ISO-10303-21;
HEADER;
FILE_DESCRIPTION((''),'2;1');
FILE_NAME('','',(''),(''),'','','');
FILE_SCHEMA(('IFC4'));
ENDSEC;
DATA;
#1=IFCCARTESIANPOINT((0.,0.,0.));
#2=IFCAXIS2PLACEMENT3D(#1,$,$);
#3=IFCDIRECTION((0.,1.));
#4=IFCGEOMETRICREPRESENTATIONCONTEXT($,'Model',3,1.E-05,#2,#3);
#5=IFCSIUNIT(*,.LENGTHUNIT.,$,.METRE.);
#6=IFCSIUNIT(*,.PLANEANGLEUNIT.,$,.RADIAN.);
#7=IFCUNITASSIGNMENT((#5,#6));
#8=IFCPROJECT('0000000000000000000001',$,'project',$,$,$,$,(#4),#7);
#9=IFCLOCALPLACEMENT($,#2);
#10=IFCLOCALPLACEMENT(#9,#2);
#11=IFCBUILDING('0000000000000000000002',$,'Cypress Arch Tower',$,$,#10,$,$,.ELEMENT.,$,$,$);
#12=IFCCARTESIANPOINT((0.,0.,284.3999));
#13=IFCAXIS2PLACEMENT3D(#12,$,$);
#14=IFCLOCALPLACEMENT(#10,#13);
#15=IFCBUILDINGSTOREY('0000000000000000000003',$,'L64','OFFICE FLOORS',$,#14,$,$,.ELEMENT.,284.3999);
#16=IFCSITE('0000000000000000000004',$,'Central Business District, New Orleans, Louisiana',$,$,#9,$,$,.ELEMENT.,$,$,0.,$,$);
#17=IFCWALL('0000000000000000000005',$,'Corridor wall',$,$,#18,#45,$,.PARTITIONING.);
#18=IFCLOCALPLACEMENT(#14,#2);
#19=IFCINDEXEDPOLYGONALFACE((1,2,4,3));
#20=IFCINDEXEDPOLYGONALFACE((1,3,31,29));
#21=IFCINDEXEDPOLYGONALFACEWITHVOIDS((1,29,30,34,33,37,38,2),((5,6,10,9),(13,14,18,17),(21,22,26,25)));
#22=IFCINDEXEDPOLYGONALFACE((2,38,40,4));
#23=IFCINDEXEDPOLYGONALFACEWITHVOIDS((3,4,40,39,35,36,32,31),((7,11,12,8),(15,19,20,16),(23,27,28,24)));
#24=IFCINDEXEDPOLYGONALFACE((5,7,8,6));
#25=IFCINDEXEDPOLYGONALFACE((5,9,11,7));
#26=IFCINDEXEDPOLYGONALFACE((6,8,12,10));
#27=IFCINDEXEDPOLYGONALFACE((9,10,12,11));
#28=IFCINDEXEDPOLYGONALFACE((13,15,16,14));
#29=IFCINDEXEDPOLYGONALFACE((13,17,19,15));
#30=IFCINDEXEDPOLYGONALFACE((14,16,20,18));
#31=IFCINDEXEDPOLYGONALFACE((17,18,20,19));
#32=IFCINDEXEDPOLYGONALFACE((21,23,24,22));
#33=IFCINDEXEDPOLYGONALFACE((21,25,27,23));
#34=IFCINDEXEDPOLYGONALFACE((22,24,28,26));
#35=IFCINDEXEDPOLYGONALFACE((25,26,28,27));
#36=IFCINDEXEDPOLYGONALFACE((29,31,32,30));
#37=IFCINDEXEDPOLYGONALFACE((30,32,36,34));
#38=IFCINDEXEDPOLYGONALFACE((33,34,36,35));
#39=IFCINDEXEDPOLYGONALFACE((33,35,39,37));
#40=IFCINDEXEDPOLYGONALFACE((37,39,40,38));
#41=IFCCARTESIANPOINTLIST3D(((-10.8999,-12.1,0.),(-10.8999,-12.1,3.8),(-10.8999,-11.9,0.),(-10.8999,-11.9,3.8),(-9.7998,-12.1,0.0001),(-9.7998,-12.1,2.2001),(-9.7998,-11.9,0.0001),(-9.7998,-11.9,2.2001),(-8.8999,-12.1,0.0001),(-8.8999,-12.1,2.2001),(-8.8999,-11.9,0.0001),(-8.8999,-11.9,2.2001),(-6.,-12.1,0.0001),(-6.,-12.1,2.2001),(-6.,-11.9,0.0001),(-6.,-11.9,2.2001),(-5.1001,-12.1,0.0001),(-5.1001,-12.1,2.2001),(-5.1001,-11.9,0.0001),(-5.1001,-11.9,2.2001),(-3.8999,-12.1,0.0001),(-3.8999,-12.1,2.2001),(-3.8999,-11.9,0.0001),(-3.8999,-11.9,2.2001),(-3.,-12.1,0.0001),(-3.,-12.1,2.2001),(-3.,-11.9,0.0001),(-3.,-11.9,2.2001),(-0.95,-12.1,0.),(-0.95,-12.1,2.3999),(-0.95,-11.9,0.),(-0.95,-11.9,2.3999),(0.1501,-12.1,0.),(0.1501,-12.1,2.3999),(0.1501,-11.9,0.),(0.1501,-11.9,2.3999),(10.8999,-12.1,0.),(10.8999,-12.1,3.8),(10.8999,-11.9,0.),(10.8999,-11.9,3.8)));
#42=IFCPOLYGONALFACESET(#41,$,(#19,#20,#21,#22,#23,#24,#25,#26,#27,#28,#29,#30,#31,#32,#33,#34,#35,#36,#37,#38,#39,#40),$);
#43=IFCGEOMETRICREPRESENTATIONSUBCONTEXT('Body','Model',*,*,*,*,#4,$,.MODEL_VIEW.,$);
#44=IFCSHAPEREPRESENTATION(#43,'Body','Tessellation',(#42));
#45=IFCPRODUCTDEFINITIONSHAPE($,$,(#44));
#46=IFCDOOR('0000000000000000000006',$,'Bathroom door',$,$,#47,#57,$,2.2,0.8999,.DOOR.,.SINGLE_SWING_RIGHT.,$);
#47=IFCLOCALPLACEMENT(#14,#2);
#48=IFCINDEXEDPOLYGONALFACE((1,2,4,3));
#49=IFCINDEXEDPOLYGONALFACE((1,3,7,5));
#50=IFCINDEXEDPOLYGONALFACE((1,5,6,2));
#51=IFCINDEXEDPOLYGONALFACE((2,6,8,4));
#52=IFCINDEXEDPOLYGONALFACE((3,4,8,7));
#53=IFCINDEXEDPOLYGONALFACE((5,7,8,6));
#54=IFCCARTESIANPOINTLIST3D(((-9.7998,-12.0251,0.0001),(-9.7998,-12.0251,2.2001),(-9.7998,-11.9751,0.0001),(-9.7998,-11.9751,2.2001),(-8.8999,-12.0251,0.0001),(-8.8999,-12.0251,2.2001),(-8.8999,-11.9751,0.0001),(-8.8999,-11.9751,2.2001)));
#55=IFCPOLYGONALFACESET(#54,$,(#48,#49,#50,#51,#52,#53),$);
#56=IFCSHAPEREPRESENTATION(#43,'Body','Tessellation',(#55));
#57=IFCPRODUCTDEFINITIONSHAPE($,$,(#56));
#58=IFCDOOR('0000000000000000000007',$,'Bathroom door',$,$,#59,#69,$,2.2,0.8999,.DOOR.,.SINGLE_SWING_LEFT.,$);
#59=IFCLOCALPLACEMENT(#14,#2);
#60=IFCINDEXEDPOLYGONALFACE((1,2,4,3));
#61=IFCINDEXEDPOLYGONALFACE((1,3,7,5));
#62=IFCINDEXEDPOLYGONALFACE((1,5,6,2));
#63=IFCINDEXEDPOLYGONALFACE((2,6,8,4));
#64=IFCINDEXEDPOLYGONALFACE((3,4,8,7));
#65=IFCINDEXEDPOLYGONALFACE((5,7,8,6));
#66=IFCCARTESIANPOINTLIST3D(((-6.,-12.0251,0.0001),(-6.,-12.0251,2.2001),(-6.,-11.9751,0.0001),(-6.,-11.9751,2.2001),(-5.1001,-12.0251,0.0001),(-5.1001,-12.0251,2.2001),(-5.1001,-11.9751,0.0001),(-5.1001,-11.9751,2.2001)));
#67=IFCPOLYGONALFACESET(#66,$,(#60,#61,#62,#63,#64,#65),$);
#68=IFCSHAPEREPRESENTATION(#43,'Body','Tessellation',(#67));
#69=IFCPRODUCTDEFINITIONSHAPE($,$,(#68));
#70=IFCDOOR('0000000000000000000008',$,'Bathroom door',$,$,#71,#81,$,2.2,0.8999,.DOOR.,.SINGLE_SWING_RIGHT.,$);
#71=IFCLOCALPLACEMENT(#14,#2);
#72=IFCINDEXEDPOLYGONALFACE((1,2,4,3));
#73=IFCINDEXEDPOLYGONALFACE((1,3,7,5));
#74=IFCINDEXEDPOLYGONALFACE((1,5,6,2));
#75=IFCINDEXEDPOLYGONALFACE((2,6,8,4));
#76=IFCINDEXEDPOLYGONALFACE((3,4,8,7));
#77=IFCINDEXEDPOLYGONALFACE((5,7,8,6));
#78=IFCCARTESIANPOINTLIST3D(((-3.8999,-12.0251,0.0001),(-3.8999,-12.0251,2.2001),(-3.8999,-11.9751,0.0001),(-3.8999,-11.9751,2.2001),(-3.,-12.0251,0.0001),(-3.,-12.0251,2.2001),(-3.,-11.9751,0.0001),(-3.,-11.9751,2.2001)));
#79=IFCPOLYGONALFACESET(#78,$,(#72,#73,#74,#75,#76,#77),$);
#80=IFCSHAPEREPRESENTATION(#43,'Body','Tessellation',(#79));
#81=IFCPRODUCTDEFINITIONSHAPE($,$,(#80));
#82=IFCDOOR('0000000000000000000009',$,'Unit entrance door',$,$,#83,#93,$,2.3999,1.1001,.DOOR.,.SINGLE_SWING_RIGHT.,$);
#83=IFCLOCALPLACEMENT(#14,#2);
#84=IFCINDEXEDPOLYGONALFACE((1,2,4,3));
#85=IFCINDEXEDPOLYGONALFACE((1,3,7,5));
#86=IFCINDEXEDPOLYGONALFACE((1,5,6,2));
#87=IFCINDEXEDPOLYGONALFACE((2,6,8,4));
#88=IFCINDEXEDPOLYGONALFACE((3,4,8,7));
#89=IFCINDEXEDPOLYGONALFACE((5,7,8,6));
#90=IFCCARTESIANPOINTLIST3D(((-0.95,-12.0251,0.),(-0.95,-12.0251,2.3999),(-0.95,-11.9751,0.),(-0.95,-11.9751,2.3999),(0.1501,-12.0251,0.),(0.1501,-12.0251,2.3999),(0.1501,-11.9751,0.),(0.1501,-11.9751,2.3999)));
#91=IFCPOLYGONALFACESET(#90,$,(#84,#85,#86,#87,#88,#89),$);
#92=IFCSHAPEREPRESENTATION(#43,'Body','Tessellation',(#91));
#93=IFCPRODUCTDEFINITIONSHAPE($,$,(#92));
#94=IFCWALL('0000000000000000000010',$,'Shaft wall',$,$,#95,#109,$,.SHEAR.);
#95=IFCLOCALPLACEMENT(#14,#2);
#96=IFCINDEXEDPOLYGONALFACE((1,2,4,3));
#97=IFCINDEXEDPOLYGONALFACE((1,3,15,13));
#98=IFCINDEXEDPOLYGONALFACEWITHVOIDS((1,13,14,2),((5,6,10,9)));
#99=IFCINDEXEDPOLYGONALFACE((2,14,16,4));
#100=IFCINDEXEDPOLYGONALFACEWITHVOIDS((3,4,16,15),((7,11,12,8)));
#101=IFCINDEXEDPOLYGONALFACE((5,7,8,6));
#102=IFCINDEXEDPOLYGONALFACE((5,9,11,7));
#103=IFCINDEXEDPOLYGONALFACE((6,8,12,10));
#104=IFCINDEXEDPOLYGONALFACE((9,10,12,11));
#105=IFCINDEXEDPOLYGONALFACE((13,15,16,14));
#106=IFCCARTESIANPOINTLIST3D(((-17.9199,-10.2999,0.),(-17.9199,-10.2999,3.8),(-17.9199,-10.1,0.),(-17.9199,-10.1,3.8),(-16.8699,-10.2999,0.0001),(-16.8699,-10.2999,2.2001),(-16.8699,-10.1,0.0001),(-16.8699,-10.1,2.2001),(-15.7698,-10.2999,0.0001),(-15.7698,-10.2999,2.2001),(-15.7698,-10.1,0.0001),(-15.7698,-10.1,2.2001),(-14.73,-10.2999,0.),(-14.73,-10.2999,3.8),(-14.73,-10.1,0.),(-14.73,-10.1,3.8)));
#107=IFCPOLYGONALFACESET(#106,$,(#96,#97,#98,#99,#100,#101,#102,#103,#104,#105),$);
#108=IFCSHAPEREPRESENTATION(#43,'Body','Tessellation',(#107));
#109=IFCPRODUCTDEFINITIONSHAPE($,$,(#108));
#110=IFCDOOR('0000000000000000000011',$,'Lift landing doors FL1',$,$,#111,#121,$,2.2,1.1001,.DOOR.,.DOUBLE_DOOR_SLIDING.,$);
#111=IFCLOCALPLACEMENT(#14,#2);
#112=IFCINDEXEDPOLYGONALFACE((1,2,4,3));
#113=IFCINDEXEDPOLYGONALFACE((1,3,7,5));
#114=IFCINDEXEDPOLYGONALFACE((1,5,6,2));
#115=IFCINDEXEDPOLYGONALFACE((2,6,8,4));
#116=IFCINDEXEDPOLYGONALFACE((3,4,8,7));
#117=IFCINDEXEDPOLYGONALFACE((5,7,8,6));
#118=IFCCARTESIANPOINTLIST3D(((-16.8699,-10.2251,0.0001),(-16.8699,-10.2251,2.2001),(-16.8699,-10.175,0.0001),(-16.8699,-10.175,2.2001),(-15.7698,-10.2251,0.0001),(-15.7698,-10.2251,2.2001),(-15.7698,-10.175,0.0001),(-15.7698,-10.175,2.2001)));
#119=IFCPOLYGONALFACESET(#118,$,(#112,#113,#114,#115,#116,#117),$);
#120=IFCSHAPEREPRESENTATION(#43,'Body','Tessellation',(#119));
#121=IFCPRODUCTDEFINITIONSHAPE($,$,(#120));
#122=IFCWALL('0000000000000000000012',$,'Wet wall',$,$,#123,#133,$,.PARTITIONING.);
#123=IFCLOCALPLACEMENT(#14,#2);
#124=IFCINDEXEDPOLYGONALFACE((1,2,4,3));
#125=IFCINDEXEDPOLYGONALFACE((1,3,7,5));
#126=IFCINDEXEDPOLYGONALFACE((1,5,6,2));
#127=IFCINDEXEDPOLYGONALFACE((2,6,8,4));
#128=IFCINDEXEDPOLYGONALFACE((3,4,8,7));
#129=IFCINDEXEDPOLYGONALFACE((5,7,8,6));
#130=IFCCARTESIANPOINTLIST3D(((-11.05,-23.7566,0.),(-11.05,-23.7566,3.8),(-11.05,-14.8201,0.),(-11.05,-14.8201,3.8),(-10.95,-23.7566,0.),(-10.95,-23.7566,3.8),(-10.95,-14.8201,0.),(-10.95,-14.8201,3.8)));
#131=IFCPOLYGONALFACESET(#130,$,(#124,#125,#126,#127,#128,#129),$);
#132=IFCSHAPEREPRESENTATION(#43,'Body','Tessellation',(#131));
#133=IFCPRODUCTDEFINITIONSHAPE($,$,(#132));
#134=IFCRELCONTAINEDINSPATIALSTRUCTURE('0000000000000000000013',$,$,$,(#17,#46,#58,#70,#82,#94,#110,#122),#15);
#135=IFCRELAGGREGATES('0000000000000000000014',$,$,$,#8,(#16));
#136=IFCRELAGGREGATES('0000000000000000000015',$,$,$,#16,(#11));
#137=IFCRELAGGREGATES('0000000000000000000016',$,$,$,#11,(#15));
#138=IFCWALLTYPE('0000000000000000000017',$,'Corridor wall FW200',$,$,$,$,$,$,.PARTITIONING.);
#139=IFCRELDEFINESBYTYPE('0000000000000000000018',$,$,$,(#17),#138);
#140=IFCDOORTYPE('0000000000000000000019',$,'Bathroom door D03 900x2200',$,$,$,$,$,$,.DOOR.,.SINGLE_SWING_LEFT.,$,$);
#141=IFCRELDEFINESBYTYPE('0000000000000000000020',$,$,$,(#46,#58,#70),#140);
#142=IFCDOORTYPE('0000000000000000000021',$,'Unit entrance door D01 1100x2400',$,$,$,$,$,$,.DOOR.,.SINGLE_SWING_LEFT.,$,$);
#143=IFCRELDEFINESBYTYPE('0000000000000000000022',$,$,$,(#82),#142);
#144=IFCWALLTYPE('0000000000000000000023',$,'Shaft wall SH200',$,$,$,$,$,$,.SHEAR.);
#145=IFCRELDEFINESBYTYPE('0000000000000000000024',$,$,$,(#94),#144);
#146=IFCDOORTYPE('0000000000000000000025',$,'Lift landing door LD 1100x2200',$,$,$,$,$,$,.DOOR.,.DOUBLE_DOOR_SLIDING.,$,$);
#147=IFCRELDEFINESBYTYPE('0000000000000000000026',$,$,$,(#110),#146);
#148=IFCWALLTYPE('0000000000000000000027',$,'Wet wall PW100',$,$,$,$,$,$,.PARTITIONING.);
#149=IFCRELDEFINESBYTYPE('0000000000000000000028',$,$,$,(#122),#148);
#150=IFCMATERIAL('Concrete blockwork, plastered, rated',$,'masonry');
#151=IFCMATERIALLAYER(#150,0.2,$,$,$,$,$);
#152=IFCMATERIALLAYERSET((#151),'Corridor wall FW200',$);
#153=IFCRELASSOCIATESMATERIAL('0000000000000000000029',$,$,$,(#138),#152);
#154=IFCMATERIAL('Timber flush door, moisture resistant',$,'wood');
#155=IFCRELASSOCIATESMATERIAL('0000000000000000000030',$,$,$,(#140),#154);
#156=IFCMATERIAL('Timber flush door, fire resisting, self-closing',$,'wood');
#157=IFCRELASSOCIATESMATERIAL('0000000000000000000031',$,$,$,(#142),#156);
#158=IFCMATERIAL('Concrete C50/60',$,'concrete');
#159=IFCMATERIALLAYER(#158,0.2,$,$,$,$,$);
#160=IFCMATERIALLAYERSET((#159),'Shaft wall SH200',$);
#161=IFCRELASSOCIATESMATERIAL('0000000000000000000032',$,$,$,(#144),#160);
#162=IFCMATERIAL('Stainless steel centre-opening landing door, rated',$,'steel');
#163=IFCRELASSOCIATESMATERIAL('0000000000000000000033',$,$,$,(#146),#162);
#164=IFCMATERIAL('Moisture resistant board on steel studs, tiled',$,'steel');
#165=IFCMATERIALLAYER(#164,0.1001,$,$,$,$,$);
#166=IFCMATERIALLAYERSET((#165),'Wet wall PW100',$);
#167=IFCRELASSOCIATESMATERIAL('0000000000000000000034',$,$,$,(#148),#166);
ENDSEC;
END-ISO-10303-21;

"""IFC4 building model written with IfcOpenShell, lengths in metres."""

from ifc_helpers import new_model, si_unit, direction, frame, frame_2d, origin, place, context, subcontext, project, spatial, rectangle, extrude, material, layer, layer_set, type_object, element, fill, save


model = new_model("IFC4")

# Units and contexts
model_context = context("Model", 3, precision=1e-05, world=origin(), true_north=direction((0.0, 1.0)))
body_context = subcontext(model_context, "Body", "Model", "MODEL_VIEW")
ifc_project = project(units=[si_unit("LENGTHUNIT", "METRE"), si_unit("PLANEANGLEUNIT", "RADIAN")], contexts=[model_context])

# Site, building, storey
site_placement = place(None, origin())
site = spatial("IfcSite", under=ifc_project, at=site_placement, Name="Central Business District, New Orleans, Louisiana", CompositionType="ELEMENT", RefElevation=0.0)
building_placement = place(site_placement, origin())
building = spatial("IfcBuilding", under=site, at=building_placement, Name="Cypress Arch Tower", CompositionType="ELEMENT")
storey_placement = place(building_placement, frame((0.0, 0.0, 284.3999)))
storey = spatial("IfcBuildingStorey", under=building, at=storey_placement, Name="L64", Description="OFFICE FLOORS", CompositionType="ELEMENT", Elevation=284.3999)

# Shared definitions
ifc_material_1 = material(Name="Concrete blockwork, plastered, rated", Category="masonry")
ifc_layer_1 = layer(ifc_material_1, 0.2)
ifc_layer_set_1 = layer_set([ifc_layer_1], Name="Corridor wall FW200")
wall_type_1 = type_object("IfcWallType", Name="Corridor wall FW200", PredefinedType="PARTITIONING", material=ifc_layer_set_1)

# Wall, openings, doors
wall_1_placement = place(storey_placement, frame((-10.8999, -12.0, 0.0), z_axis=(0.0, 0.0, 1.0), x_axis=(1.0, 0.0, 0.0)))
wall_1 = element("IfcWall", 1, at=wall_1_placement, inside=storey, type_object=wall_type_1, Name="Corridor wall", PredefinedType="PARTITIONING", context=body_context, shape_type="SweptSolid", body=[
    extrude(rectangle(XDim=21.7998, YDim=0.2, at=frame_2d((10.8999, 0.0))), origin(), (0.0, 0.0, 1.0), 3.8),
])
opening_1_placement = place(wall_1_placement, frame((1.1001, 0.0, 0.0)))
opening_1 = element("IfcOpeningElement", 2, at=opening_1_placement, cuts=wall_1, PredefinedType="OPENING", context=body_context, shape_type="SweptSolid", body=[
    extrude(rectangle(XDim=0.8999, YDim=2.2, at=frame_2d((0.45, 1.1001))), frame((0.0, 0.1099, 0.0), z_axis=(0.0, -1.0, 0.0), x_axis=(1.0, 0.0, 0.0)), (0.0, 0.0, 1.0), 0.22),
])
opening_2_placement = place(wall_1_placement, frame((4.8999, 0.0, 0.0)))
opening_2 = element("IfcOpeningElement", 3, at=opening_2_placement, cuts=wall_1, PredefinedType="OPENING", context=body_context, shape_type="SweptSolid", body=[
    extrude(rectangle(XDim=0.8999, YDim=2.2, at=frame_2d((0.45, 1.1001))), frame((0.0, 0.1099, 0.0), z_axis=(0.0, -1.0, 0.0), x_axis=(1.0, 0.0, 0.0)), (0.0, 0.0, 1.0), 0.22),
])
opening_3_placement = place(wall_1_placement, frame((7.0, 0.0, 0.0)))
opening_3 = element("IfcOpeningElement", 4, at=opening_3_placement, cuts=wall_1, PredefinedType="OPENING", context=body_context, shape_type="SweptSolid", body=[
    extrude(rectangle(XDim=0.8999, YDim=2.2, at=frame_2d((0.45, 1.1001))), frame((0.0, 0.1099, 0.0), z_axis=(0.0, -1.0, 0.0), x_axis=(1.0, 0.0, 0.0)), (0.0, 0.0, 1.0), 0.22),
])
opening_4_placement = place(wall_1_placement, frame((9.95, 0.0, 0.0)))
opening_4 = element("IfcOpeningElement", 5, at=opening_4_placement, cuts=wall_1, PredefinedType="OPENING", context=body_context, shape_type="SweptSolid", body=[
    extrude(rectangle(XDim=1.1001, YDim=2.3999, at=frame_2d((0.55, 1.2))), frame((0.0, 0.1099, 0.0), z_axis=(0.0, -1.0, 0.0), x_axis=(1.0, 0.0, 0.0)), (0.0, 0.0, 1.0), 0.22),
])
ifc_material_2 = material(Name="Timber flush door, moisture resistant", Category="wood")
door_type_1 = type_object("IfcDoorType", Name="Bathroom door D03 900x2200", OperationType="SINGLE_SWING_LEFT", PredefinedType="DOOR", material=ifc_material_2)
door_1_placement = place(opening_1_placement, origin())
door_1 = element("IfcDoor", 6, at=door_1_placement, inside=storey, type_object=door_type_1, Name="Bathroom door", OperationType="SINGLE_SWING_RIGHT", OverallHeight=2.2, OverallWidth=0.8999, PredefinedType="DOOR", context=body_context, shape_type="SweptSolid", body=[
    extrude(rectangle(XDim=0.8999, YDim=2.2, at=frame_2d((0.45, 1.1001))), frame((0.0, 0.0249, 0.0), z_axis=(0.0, -1.0, 0.0), x_axis=(1.0, 0.0, 0.0)), (0.0, 0.0, 1.0), 0.05),
])
fill(opening_1, door_1)
door_2_placement = place(opening_2_placement, origin())
door_2 = element("IfcDoor", 7, at=door_2_placement, inside=storey, type_object=door_type_1, Name="Bathroom door", OperationType="SINGLE_SWING_LEFT", OverallHeight=2.2, OverallWidth=0.8999, PredefinedType="DOOR", context=body_context, shape_type="SweptSolid", body=[
    extrude(rectangle(XDim=0.8999, YDim=2.2, at=frame_2d((0.45, 1.1001))), frame((0.0, 0.0249, 0.0), z_axis=(0.0, -1.0, 0.0), x_axis=(1.0, 0.0, 0.0)), (0.0, 0.0, 1.0), 0.05),
])
fill(opening_2, door_2)
door_3_placement = place(opening_3_placement, origin())
door_3 = element("IfcDoor", 8, at=door_3_placement, inside=storey, type_object=door_type_1, Name="Bathroom door", OperationType="SINGLE_SWING_RIGHT", OverallHeight=2.2, OverallWidth=0.8999, PredefinedType="DOOR", context=body_context, shape_type="SweptSolid", body=[
    extrude(rectangle(XDim=0.8999, YDim=2.2, at=frame_2d((0.45, 1.1001))), frame((0.0, 0.0249, 0.0), z_axis=(0.0, -1.0, 0.0), x_axis=(1.0, 0.0, 0.0)), (0.0, 0.0, 1.0), 0.05),
])
fill(opening_3, door_3)
ifc_material_3 = material(Name="Timber flush door, fire resisting, self-closing", Category="wood")
door_type_2 = type_object("IfcDoorType", Name="Unit entrance door D01 1100x2400", OperationType="SINGLE_SWING_LEFT", PredefinedType="DOOR", material=ifc_material_3)
door_4_placement = place(opening_4_placement, origin())
door_4 = element("IfcDoor", 9, at=door_4_placement, inside=storey, type_object=door_type_2, Name="Unit entrance door", OperationType="SINGLE_SWING_RIGHT", OverallHeight=2.3999, OverallWidth=1.1001, PredefinedType="DOOR", context=body_context, shape_type="SweptSolid", body=[
    extrude(rectangle(XDim=1.1001, YDim=2.3999, at=frame_2d((0.55, 1.2))), frame((0.0, 0.0249, 0.0), z_axis=(0.0, -1.0, 0.0), x_axis=(1.0, 0.0, 0.0)), (0.0, 0.0, 1.0), 0.05),
])
fill(opening_4, door_4)

# Wall, opening, door
ifc_material_4 = material(Name="Concrete C50/60", Category="concrete")
ifc_layer_2 = layer(ifc_material_4, 0.2)
ifc_layer_set_2 = layer_set([ifc_layer_2], Name="Shaft wall SH200")
wall_type_2 = type_object("IfcWallType", Name="Shaft wall SH200", PredefinedType="SHEAR", material=ifc_layer_set_2)
wall_2_placement = place(storey_placement, frame((-17.9199, -10.2, 0.0), z_axis=(0.0, 0.0, 1.0), x_axis=(1.0, 0.0, 0.0)))
wall_2 = element("IfcWall", 10, at=wall_2_placement, inside=storey, type_object=wall_type_2, Name="Shaft wall", PredefinedType="SHEAR", context=body_context, shape_type="SweptSolid", body=[
    extrude(rectangle(XDim=3.1899, YDim=0.2, at=frame_2d((1.595, 0.0))), origin(), (0.0, 0.0, 1.0), 3.8),
])
opening_5_placement = place(wall_2_placement, frame((1.05, 0.0, 0.0)))
opening_5 = element("IfcOpeningElement", 11, at=opening_5_placement, cuts=wall_2, PredefinedType="OPENING", context=body_context, shape_type="SweptSolid", body=[
    extrude(rectangle(XDim=1.1001, YDim=2.2, at=frame_2d((0.55, 1.1001))), frame((0.0, 0.1099, 0.0), z_axis=(0.0, -1.0, 0.0), x_axis=(1.0, 0.0, 0.0)), (0.0, 0.0, 1.0), 0.22),
])
ifc_material_5 = material(Name="Stainless steel centre-opening landing door, rated", Category="steel")
door_type_3 = type_object("IfcDoorType", Name="Lift landing door LD 1100x2200", OperationType="DOUBLE_DOOR_SLIDING", PredefinedType="DOOR", material=ifc_material_5)
door_5_placement = place(opening_5_placement, origin())
door_5 = element("IfcDoor", 12, at=door_5_placement, inside=storey, type_object=door_type_3, Name="Lift landing doors FL1", OperationType="DOUBLE_DOOR_SLIDING", OverallHeight=2.2, OverallWidth=1.1001, PredefinedType="DOOR", context=body_context, shape_type="SweptSolid", body=[
    extrude(rectangle(XDim=1.1001, YDim=2.2, at=frame_2d((0.55, 1.1001))), frame((0.0, 0.0249, 0.0), z_axis=(0.0, -1.0, 0.0), x_axis=(1.0, 0.0, 0.0)), (0.0, 0.0, 1.0), 0.05),
])
fill(opening_5, door_5)

# Wall
ifc_material_6 = material(Name="Moisture resistant board on steel studs, tiled", Category="steel")
ifc_layer_3 = layer(ifc_material_6, 0.1001)
ifc_layer_set_3 = layer_set([ifc_layer_3], Name="Wet wall PW100")
wall_type_3 = type_object("IfcWallType", Name="Wet wall PW100", PredefinedType="PARTITIONING", material=ifc_layer_set_3)
wall_3_placement = place(storey_placement, frame((-11.0, -23.7566, 0.0), z_axis=(0.0, 0.0, 1.0), x_axis=(0.0, 1.0, 0.0)))
element("IfcWall", 13, at=wall_3_placement, inside=storey, type_object=wall_type_3, Name="Wet wall", PredefinedType="PARTITIONING", context=body_context, shape_type="SweptSolid", body=[
    extrude(rectangle(XDim=8.9365, YDim=0.1001, at=frame_2d((4.4683, 0.0))), origin(), (0.0, 0.0, 1.0), 3.8),
])

save(model, "model.ifc")
